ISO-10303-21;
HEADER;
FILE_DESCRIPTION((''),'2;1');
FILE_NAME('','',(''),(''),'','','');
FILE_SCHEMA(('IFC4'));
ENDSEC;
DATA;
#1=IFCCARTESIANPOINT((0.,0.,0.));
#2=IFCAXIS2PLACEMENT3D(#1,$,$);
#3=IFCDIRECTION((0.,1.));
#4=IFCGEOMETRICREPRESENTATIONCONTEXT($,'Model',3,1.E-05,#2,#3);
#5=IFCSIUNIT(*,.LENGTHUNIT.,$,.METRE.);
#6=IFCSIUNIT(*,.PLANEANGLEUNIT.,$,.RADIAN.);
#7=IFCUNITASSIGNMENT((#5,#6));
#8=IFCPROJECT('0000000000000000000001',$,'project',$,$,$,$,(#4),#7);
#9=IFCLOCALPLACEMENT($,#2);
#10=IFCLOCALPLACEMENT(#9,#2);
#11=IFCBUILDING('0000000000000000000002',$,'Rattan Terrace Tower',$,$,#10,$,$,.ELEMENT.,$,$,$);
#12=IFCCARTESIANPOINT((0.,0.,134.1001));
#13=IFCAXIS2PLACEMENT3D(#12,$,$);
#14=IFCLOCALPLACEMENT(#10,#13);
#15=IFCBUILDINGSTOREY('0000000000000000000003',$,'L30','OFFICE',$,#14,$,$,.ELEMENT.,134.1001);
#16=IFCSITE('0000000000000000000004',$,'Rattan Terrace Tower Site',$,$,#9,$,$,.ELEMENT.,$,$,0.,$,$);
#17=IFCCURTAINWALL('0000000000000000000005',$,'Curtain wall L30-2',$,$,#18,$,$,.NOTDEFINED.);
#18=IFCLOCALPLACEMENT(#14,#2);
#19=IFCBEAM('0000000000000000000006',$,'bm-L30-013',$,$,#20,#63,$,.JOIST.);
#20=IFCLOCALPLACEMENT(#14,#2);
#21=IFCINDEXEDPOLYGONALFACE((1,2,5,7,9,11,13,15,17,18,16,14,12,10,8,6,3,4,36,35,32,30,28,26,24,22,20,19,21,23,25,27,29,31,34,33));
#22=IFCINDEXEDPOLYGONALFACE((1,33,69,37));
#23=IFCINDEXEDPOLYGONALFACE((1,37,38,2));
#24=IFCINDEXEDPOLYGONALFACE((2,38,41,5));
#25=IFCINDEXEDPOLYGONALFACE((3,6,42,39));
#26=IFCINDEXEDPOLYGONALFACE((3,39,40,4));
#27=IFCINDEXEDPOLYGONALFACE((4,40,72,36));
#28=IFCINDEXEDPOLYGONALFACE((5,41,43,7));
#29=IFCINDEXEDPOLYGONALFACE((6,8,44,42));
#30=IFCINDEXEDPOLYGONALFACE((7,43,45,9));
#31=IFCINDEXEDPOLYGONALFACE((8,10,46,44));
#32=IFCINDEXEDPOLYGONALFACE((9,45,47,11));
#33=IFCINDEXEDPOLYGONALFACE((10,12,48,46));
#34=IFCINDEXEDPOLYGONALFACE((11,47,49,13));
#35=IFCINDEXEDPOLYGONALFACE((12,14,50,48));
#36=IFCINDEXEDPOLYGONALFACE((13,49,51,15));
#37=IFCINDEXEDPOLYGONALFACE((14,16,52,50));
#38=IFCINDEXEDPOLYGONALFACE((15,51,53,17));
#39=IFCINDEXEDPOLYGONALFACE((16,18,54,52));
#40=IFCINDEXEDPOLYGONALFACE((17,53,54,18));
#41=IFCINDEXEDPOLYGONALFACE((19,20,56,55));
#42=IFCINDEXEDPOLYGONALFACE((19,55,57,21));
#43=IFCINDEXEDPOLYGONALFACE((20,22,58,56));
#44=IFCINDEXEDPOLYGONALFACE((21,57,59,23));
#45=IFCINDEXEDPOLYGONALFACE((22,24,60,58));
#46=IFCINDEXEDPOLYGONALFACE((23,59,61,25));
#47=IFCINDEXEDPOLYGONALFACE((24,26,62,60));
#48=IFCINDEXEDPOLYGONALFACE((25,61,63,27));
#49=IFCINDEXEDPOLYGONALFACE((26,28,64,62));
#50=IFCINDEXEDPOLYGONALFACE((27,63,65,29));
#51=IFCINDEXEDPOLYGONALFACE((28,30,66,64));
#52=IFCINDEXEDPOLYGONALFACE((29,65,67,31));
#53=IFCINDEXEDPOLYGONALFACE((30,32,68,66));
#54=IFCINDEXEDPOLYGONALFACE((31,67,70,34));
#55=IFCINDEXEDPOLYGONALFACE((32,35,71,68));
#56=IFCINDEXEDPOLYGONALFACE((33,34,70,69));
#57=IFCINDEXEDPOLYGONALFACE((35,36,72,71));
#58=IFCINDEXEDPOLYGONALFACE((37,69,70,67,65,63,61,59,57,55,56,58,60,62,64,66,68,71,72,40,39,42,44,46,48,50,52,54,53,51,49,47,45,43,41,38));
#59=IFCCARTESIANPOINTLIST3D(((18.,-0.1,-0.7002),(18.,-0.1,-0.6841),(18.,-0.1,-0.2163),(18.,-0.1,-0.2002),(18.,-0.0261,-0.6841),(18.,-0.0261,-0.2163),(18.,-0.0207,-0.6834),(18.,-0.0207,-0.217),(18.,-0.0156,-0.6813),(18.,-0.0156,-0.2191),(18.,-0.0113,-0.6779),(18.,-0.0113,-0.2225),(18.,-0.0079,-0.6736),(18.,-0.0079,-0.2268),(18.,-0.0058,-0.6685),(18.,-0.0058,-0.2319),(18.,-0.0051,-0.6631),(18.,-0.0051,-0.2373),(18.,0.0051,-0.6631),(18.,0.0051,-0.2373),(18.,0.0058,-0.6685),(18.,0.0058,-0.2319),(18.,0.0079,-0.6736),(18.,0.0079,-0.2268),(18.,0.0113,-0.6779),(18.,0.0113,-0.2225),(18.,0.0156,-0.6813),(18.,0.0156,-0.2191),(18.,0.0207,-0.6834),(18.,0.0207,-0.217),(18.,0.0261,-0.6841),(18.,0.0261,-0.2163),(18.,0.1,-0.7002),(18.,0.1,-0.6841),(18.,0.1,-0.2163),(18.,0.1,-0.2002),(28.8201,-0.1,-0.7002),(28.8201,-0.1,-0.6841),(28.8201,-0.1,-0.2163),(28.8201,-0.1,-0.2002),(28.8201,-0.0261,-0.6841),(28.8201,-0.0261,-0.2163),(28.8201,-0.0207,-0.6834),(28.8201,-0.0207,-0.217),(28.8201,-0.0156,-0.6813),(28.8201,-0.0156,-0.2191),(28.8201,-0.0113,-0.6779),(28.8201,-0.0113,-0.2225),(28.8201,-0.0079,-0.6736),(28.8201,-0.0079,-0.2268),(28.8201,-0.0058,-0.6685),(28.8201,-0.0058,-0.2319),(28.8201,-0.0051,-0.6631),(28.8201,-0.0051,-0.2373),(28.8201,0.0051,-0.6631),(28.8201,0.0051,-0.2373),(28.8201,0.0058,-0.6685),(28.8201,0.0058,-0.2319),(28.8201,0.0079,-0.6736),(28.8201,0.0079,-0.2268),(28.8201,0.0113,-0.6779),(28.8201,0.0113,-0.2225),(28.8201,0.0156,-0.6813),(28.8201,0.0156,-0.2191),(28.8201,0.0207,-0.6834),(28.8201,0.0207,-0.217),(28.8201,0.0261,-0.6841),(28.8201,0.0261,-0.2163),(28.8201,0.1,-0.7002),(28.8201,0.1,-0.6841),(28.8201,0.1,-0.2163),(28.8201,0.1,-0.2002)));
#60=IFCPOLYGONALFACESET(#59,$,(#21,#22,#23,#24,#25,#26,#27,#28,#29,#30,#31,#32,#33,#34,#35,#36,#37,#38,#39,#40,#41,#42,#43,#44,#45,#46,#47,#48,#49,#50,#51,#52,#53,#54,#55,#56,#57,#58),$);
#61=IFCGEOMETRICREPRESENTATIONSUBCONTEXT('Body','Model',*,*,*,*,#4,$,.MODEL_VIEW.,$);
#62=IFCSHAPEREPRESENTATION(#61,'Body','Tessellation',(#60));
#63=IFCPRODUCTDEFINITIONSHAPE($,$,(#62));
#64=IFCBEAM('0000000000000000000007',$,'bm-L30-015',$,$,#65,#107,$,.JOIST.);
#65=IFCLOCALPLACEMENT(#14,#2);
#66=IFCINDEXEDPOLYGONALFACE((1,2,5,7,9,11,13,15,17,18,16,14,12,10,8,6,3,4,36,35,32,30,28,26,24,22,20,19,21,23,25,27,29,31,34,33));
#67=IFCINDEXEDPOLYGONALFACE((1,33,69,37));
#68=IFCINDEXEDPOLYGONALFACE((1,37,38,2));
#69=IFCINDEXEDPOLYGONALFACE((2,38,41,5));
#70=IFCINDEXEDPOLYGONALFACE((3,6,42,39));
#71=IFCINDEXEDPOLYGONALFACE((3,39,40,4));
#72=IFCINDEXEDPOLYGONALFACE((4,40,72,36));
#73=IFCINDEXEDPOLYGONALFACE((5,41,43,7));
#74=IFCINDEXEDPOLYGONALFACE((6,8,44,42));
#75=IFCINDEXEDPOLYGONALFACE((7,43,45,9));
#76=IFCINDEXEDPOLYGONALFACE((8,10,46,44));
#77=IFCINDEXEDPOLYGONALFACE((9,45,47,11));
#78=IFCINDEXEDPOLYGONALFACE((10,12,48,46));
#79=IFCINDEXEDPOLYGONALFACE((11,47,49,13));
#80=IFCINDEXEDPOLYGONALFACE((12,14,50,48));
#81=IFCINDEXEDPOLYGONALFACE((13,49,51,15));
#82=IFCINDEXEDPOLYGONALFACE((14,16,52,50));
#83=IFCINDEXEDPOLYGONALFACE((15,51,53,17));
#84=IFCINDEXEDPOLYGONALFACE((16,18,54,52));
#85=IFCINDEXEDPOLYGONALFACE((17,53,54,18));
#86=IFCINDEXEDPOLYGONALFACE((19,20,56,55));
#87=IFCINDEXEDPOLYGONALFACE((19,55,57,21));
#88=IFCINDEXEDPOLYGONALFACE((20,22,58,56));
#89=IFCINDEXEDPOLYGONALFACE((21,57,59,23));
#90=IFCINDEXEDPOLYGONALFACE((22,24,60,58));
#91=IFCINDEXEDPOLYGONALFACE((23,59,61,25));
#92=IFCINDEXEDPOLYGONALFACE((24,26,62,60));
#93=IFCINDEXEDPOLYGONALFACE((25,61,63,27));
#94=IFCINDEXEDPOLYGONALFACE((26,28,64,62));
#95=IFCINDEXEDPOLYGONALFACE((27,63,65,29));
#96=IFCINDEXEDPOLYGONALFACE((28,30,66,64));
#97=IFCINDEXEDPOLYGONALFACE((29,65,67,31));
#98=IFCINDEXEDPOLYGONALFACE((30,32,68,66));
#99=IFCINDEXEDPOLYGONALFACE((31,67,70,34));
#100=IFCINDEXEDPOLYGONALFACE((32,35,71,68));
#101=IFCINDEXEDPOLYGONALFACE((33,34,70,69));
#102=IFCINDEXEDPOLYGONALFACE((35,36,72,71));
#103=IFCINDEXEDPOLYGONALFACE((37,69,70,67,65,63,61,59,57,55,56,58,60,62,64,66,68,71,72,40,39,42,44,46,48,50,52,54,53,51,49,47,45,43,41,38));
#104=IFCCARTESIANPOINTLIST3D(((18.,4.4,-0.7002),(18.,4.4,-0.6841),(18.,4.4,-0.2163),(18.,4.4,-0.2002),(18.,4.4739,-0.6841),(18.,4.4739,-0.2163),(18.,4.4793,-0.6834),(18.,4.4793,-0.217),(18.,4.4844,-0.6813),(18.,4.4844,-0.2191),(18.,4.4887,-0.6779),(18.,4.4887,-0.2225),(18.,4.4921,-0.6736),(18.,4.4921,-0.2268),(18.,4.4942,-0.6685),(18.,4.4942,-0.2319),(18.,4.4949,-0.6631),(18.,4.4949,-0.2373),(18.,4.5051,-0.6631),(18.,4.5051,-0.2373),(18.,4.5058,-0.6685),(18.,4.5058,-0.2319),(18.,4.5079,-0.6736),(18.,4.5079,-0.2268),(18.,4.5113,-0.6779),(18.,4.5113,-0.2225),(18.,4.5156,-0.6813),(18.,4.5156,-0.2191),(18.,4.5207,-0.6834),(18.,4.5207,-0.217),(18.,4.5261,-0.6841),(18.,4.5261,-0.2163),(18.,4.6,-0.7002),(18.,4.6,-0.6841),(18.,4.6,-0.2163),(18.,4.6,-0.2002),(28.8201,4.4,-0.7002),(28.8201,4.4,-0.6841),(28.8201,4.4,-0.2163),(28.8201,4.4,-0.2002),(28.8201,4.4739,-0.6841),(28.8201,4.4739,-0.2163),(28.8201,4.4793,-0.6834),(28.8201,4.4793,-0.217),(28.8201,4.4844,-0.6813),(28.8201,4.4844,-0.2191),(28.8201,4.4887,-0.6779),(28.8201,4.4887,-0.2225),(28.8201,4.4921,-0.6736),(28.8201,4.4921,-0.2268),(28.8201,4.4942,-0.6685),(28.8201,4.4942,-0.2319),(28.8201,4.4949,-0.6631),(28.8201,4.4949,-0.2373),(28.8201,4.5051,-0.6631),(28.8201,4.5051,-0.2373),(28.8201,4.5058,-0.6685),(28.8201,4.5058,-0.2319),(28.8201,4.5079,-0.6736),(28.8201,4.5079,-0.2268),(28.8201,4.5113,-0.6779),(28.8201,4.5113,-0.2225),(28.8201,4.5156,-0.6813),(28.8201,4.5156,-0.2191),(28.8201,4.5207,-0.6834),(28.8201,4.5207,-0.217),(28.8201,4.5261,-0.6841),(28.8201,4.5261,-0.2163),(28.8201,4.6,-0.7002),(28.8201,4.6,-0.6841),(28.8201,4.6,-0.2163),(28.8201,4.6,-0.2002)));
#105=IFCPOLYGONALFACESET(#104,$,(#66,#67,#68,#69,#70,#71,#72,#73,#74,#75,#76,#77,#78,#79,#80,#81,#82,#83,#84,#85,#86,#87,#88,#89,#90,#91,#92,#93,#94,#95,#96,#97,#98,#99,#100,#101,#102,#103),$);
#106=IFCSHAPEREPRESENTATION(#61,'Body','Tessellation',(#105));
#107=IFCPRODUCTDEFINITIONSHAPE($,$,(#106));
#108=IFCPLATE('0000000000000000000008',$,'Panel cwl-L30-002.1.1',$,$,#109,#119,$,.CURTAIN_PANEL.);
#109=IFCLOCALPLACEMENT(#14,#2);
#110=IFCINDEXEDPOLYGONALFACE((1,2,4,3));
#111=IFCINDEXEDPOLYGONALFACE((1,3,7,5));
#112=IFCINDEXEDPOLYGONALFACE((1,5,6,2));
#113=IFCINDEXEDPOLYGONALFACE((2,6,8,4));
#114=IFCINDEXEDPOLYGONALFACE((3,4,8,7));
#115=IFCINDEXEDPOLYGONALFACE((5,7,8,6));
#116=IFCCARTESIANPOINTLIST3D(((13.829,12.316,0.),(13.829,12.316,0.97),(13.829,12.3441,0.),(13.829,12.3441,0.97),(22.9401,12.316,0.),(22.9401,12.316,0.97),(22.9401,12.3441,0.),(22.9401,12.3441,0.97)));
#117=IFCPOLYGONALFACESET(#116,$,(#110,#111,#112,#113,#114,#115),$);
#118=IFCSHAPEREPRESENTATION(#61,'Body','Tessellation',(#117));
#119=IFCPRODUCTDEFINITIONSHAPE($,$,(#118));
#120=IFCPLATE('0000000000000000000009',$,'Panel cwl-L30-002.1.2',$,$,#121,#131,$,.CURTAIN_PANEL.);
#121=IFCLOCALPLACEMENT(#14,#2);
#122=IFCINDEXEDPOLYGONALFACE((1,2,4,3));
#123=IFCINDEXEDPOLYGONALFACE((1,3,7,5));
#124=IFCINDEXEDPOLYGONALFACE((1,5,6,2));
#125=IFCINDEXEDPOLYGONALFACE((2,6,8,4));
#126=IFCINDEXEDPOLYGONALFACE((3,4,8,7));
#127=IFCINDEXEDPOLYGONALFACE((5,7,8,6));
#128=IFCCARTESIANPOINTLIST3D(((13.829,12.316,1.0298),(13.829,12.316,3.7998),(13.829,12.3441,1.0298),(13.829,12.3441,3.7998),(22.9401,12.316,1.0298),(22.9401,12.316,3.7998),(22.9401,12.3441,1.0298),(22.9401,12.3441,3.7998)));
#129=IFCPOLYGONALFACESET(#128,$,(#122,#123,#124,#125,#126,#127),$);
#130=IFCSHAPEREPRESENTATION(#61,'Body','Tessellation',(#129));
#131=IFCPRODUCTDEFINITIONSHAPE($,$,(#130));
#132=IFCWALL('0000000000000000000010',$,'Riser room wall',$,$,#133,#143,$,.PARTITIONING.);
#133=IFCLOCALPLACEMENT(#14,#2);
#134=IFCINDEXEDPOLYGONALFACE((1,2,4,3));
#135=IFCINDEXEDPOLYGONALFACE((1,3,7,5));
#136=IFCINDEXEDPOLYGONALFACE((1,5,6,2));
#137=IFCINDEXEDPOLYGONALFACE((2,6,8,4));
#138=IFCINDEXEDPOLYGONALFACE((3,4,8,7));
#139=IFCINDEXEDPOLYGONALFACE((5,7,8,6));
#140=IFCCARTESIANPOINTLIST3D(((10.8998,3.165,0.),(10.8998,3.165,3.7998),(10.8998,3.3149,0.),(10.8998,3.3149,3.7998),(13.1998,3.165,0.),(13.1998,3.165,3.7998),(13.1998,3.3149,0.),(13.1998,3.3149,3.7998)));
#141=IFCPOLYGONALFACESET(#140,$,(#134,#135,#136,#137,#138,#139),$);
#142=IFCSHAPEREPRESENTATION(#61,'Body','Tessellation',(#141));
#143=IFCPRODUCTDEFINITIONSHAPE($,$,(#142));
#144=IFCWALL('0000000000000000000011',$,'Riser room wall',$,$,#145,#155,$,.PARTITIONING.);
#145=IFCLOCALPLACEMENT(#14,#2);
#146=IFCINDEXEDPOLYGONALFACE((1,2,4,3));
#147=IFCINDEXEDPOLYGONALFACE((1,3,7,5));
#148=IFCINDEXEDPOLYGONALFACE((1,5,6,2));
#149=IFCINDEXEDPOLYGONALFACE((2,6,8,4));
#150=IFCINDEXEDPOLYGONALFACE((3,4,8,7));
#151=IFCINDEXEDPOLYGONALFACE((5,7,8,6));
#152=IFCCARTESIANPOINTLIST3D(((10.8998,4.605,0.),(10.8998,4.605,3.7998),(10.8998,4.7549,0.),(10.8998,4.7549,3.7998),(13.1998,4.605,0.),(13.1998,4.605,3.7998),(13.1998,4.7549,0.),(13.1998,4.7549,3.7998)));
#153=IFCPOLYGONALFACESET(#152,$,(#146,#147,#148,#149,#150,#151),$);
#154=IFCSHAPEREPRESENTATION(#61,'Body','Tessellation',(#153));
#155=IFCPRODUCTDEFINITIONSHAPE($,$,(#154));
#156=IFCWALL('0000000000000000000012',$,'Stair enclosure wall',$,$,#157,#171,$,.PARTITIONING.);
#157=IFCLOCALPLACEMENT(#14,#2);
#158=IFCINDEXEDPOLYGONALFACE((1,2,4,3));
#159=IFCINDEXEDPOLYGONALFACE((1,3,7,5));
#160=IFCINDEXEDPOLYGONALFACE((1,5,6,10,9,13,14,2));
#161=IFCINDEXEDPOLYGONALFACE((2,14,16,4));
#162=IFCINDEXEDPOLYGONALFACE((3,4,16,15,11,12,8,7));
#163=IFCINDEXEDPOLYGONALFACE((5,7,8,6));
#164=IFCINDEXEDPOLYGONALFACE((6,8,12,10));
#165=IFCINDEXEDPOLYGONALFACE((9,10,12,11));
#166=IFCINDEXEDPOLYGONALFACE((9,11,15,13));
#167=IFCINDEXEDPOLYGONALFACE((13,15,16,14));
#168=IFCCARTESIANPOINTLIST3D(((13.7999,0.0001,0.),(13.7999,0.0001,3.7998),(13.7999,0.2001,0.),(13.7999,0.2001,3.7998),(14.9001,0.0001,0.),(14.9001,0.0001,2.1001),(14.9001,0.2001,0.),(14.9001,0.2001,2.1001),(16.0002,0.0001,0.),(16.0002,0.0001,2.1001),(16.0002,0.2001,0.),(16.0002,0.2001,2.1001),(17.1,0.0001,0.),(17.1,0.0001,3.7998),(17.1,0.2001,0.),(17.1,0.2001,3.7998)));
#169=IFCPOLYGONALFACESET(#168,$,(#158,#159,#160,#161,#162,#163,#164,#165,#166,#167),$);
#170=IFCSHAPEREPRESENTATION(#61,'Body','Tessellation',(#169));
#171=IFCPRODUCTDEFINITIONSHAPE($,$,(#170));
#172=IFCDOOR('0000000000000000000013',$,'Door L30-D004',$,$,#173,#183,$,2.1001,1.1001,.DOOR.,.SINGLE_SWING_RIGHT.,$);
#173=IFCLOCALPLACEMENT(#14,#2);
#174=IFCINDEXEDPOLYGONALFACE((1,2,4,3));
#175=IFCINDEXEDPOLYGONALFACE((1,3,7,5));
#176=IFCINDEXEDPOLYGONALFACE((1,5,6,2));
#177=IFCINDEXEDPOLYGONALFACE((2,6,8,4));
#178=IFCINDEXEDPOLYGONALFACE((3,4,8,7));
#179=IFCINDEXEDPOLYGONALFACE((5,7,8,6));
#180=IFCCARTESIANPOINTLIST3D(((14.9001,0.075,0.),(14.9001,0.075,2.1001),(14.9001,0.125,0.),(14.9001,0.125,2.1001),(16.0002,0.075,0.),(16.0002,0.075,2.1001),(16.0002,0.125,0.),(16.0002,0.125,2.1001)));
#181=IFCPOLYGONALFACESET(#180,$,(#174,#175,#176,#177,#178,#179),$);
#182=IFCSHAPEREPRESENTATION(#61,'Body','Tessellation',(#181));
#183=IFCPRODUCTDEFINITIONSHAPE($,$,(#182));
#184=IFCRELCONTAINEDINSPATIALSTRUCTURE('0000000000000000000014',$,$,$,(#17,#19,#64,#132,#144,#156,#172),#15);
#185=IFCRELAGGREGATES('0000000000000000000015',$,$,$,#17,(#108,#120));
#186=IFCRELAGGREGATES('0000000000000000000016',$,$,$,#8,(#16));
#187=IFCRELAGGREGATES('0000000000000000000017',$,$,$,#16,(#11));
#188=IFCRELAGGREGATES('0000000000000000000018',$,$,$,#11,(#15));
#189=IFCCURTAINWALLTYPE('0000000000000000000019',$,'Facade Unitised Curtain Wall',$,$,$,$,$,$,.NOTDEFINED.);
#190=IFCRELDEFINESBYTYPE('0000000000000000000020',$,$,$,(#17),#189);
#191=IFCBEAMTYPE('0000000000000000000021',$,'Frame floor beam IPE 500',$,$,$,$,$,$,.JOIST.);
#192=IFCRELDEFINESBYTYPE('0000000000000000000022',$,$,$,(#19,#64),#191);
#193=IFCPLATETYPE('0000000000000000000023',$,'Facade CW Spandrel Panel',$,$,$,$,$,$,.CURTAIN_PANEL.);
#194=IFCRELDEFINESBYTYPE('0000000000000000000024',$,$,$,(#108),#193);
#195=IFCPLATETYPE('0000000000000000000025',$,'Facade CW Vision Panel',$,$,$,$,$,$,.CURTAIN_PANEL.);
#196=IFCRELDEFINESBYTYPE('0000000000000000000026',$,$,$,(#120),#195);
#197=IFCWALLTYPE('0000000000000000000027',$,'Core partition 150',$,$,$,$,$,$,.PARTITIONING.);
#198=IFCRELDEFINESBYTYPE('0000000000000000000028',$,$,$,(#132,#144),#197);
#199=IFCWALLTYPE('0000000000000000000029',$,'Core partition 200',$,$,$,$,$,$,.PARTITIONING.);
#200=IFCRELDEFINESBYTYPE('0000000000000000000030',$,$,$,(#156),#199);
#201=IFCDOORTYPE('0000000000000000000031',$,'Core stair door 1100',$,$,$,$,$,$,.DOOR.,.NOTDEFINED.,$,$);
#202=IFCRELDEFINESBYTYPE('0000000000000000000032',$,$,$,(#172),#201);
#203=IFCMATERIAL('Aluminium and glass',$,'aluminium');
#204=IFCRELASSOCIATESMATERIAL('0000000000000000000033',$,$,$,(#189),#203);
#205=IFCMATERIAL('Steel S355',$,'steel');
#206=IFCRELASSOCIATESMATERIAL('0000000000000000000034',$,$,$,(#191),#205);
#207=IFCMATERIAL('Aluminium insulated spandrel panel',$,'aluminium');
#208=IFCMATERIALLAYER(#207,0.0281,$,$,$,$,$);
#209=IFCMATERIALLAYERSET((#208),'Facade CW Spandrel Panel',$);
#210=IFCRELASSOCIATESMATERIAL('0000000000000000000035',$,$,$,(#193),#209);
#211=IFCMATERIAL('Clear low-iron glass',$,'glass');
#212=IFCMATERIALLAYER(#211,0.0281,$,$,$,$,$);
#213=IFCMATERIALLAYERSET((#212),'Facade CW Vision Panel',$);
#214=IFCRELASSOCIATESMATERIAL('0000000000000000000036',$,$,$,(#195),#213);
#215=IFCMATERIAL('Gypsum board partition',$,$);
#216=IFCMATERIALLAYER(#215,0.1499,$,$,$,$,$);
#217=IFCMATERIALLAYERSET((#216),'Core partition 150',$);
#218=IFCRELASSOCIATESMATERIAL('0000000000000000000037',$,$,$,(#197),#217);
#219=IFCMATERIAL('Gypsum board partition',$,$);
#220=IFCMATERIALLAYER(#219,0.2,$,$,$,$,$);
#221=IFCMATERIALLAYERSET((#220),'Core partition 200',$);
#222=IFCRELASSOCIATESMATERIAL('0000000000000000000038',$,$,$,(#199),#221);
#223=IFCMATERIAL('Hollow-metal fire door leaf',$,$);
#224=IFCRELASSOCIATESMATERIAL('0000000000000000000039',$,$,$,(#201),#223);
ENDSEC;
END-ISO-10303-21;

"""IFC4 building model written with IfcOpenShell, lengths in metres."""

from ifc_helpers import new_model, si_unit, direction, frame, frame_2d, origin, origin_2d, place, context, subcontext, project, spatial, rectangle, i_section, extrude, material, layer, layer_set, material_profile, profile_set, type_object, element, fill, aggregate, save


model = new_model("IFC4")

# Units and contexts
model_context = context("Model", 3, precision=1e-05, world=origin(), true_north=direction((0.0, 1.0)))
body_context = subcontext(model_context, "Body", "Model", "MODEL_VIEW")
ifc_project = project(units=[si_unit("LENGTHUNIT", "METRE"), si_unit("PLANEANGLEUNIT", "RADIAN")], contexts=[model_context])

# Site, building, storey
site_placement = place(None, origin())
site = spatial("IfcSite", under=ifc_project, at=site_placement, Name="Rattan Terrace Tower Site", CompositionType="ELEMENT", RefElevation=0.0)
building_placement = place(site_placement, origin())
building = spatial("IfcBuilding", under=site, at=building_placement, Name="Rattan Terrace Tower", CompositionType="ELEMENT")
storey_placement = place(building_placement, frame((0.0, 0.0, 134.1001)))
storey = spatial("IfcBuildingStorey", under=building, at=storey_placement, Name="L30", Description="OFFICE", CompositionType="ELEMENT", Elevation=134.1001)

# Curtain wall
ifc_material_1 = material(Name="Aluminium and glass", Category="aluminium")
curtain_wall_type = type_object("IfcCurtainWallType", Name="Facade Unitised Curtain Wall", PredefinedType="NOTDEFINED", material=ifc_material_1)
curtain_wall_placement = place(storey_placement, origin())
curtain_wall = element("IfcCurtainWall", 1, at=curtain_wall_placement, inside=storey, type_object=curtain_wall_type, Name="Curtain wall L30-2", PredefinedType="NOTDEFINED")

# Beams
ifc_material_2 = material(Name="Steel S355", Category="steel")
ifc_material_profile_1 = material_profile(ifc_material_2, i_section(OverallWidth=0.2, OverallDepth=0.5, WebThickness=0.0103, FlangeThickness=0.0161, FilletRadius=0.021, at=origin_2d()), Name="IPE 500")
ifc_profile_set_1 = profile_set([ifc_material_profile_1], Name="Steel S355")
beam_type_1 = type_object("IfcBeamType", Name="Frame floor beam IPE 500", PredefinedType="JOIST", material=ifc_profile_set_1)
for number, where, z_axis, x_axis, name in (
    (2, (18.0, 0.0, -0.4502), (1.0, 0.0, 0.0), (0.0, 1.0, 0.0), "bm-L30-013"),
    (3, (18.0, 4.5, -0.4502), (1.0, 0.0, 0.0), (0.0, 1.0, 0.0), "bm-L30-015"),
):
    element("IfcBeam", number, at=place(storey_placement, frame(where, z_axis=z_axis, x_axis=x_axis)), inside=storey, type_object=beam_type_1, Name=name, PredefinedType="JOIST", context=body_context, shape_type="SweptSolid", body=[
        extrude(i_section(OverallWidth=0.2, OverallDepth=0.5, WebThickness=0.0103, FlangeThickness=0.0161, FilletRadius=0.021, at=origin_2d()), origin(), (0.0, 0.0, 1.0), 10.8201),
    ])

# Plates
ifc_material_3 = material(Name="Aluminium insulated spandrel panel", Category="aluminium")
ifc_layer_1 = layer(ifc_material_3, 0.0281)
ifc_layer_set_1 = layer_set([ifc_layer_1], Name="Facade CW Spandrel Panel")
plate_type_1 = type_object("IfcPlateType", Name="Facade CW Spandrel Panel", PredefinedType="CURTAIN_PANEL", material=ifc_layer_set_1)
plate_1_placement = place(storey_placement, frame((18.3845, 12.3301, 0.0), z_axis=(0.0, 0.0, 1.0), x_axis=(-1.0, 0.0, 0.0)))
plate_1 = element("IfcPlate", 4, at=plate_1_placement, type_object=plate_type_1, Name="Panel cwl-L30-002.1.1", PredefinedType="CURTAIN_PANEL", context=body_context, shape_type="SweptSolid", body=[
    extrude(rectangle(XDim=9.1111, YDim=0.0281, at=origin_2d()), origin(), (0.0, 0.0, 1.0), 0.97),
])
ifc_material_4 = material(Name="Clear low-iron glass", Category="glass")
ifc_layer_2 = layer(ifc_material_4, 0.0281)
ifc_layer_set_2 = layer_set([ifc_layer_2], Name="Facade CW Vision Panel")
plate_type_2 = type_object("IfcPlateType", Name="Facade CW Vision Panel", PredefinedType="CURTAIN_PANEL", material=ifc_layer_set_2)
plate_2_placement = place(storey_placement, frame((18.3845, 12.3301, 1.0298), z_axis=(0.0, 0.0, 1.0), x_axis=(-1.0, 0.0, 0.0)))
plate_2 = element("IfcPlate", 5, at=plate_2_placement, type_object=plate_type_2, Name="Panel cwl-L30-002.1.2", PredefinedType="CURTAIN_PANEL", context=body_context, shape_type="SweptSolid", body=[
    extrude(rectangle(XDim=9.1111, YDim=0.0281, at=origin_2d()), origin(), (0.0, 0.0, 1.0), 2.77),
])
aggregate(curtain_wall, [plate_1, plate_2])

# Walls
ifc_material_5 = material(Name="Gypsum board partition")
ifc_layer_3 = layer(ifc_material_5, 0.1499)
ifc_layer_set_3 = layer_set([ifc_layer_3], Name="Core partition 150")
wall_type_1 = type_object("IfcWallType", Name="Core partition 150", PredefinedType="PARTITIONING", material=ifc_layer_set_3)
for number, where, z_axis, x_axis, name in (
    (6, (10.8999, 3.24, 0.0), (0.0, 0.0, 1.0), (1.0, 0.0, 0.0), "Riser room wall"),
    (7, (10.8999, 4.6799, 0.0), (0.0, 0.0, 1.0), (1.0, 0.0, 0.0), "Riser room wall"),
):
    element("IfcWall", number, at=place(storey_placement, frame(where, z_axis=z_axis, x_axis=x_axis)), inside=storey, type_object=wall_type_1, Name=name, PredefinedType="PARTITIONING", context=body_context, shape_type="SweptSolid", body=[
        extrude(rectangle(XDim=2.3, YDim=0.1499, at=frame_2d((1.1499, 0.0))), origin(), (0.0, 0.0, 1.0), 3.7998),
    ])

# Wall, opening, door
ifc_material_6 = material(Name="Gypsum board partition")
ifc_layer_4 = layer(ifc_material_6, 0.2)
ifc_layer_set_4 = layer_set([ifc_layer_4], Name="Core partition 200")
wall_type_2 = type_object("IfcWallType", Name="Core partition 200", PredefinedType="PARTITIONING", material=ifc_layer_set_4)
wall_1_placement = place(storey_placement, frame((13.8, 0.1001, 0.0), z_axis=(0.0, 0.0, 1.0), x_axis=(1.0, 0.0, 0.0)))
wall_1 = element("IfcWall", 8, at=wall_1_placement, inside=storey, type_object=wall_type_2, Name="Stair enclosure wall", PredefinedType="PARTITIONING", context=body_context, shape_type="SweptSolid", body=[
    extrude(rectangle(XDim=3.3, YDim=0.2, at=frame_2d((1.6499, 0.0))), origin(), (0.0, 0.0, 1.0), 3.7998),
])
opening_1_placement = place(wall_1_placement, frame((1.1001, 0.0, 0.0)))
opening_1 = element("IfcOpeningElement", 9, at=opening_1_placement, cuts=wall_1, PredefinedType="OPENING", context=body_context, shape_type="SweptSolid", body=[
    extrude(rectangle(XDim=1.1001, YDim=2.1001, at=frame_2d((0.55, 1.05))), frame((0.0, 0.1106, 0.0), z_axis=(0.0, -1.0, 0.0), x_axis=(1.0, 0.0, 0.0)), (0.0, 0.0, 1.0), 0.2209),
])
ifc_material_7 = material(Name="Hollow-metal fire door leaf")
door_type_1 = type_object("IfcDoorType", Name="Core stair door 1100", OperationType="NOTDEFINED", PredefinedType="DOOR", material=ifc_material_7)
door_1_placement = place(opening_1_placement, origin())
door_1 = element("IfcDoor", 10, at=door_1_placement, inside=storey, type_object=door_type_1, Name="Door L30-D004", OperationType="SINGLE_SWING_RIGHT", OverallHeight=2.1001, OverallWidth=1.1001, PredefinedType="DOOR", context=body_context, shape_type="SweptSolid", body=[
    extrude(rectangle(XDim=1.1001, YDim=2.1001, at=frame_2d((0.55, 1.05))), frame((0.0, 0.0249, 0.0), z_axis=(0.0, -1.0, 0.0), x_axis=(1.0, 0.0, 0.0)), (0.0, 0.0, 1.0), 0.05),
])
fill(opening_1, door_1)

save(model, "model.ifc")
